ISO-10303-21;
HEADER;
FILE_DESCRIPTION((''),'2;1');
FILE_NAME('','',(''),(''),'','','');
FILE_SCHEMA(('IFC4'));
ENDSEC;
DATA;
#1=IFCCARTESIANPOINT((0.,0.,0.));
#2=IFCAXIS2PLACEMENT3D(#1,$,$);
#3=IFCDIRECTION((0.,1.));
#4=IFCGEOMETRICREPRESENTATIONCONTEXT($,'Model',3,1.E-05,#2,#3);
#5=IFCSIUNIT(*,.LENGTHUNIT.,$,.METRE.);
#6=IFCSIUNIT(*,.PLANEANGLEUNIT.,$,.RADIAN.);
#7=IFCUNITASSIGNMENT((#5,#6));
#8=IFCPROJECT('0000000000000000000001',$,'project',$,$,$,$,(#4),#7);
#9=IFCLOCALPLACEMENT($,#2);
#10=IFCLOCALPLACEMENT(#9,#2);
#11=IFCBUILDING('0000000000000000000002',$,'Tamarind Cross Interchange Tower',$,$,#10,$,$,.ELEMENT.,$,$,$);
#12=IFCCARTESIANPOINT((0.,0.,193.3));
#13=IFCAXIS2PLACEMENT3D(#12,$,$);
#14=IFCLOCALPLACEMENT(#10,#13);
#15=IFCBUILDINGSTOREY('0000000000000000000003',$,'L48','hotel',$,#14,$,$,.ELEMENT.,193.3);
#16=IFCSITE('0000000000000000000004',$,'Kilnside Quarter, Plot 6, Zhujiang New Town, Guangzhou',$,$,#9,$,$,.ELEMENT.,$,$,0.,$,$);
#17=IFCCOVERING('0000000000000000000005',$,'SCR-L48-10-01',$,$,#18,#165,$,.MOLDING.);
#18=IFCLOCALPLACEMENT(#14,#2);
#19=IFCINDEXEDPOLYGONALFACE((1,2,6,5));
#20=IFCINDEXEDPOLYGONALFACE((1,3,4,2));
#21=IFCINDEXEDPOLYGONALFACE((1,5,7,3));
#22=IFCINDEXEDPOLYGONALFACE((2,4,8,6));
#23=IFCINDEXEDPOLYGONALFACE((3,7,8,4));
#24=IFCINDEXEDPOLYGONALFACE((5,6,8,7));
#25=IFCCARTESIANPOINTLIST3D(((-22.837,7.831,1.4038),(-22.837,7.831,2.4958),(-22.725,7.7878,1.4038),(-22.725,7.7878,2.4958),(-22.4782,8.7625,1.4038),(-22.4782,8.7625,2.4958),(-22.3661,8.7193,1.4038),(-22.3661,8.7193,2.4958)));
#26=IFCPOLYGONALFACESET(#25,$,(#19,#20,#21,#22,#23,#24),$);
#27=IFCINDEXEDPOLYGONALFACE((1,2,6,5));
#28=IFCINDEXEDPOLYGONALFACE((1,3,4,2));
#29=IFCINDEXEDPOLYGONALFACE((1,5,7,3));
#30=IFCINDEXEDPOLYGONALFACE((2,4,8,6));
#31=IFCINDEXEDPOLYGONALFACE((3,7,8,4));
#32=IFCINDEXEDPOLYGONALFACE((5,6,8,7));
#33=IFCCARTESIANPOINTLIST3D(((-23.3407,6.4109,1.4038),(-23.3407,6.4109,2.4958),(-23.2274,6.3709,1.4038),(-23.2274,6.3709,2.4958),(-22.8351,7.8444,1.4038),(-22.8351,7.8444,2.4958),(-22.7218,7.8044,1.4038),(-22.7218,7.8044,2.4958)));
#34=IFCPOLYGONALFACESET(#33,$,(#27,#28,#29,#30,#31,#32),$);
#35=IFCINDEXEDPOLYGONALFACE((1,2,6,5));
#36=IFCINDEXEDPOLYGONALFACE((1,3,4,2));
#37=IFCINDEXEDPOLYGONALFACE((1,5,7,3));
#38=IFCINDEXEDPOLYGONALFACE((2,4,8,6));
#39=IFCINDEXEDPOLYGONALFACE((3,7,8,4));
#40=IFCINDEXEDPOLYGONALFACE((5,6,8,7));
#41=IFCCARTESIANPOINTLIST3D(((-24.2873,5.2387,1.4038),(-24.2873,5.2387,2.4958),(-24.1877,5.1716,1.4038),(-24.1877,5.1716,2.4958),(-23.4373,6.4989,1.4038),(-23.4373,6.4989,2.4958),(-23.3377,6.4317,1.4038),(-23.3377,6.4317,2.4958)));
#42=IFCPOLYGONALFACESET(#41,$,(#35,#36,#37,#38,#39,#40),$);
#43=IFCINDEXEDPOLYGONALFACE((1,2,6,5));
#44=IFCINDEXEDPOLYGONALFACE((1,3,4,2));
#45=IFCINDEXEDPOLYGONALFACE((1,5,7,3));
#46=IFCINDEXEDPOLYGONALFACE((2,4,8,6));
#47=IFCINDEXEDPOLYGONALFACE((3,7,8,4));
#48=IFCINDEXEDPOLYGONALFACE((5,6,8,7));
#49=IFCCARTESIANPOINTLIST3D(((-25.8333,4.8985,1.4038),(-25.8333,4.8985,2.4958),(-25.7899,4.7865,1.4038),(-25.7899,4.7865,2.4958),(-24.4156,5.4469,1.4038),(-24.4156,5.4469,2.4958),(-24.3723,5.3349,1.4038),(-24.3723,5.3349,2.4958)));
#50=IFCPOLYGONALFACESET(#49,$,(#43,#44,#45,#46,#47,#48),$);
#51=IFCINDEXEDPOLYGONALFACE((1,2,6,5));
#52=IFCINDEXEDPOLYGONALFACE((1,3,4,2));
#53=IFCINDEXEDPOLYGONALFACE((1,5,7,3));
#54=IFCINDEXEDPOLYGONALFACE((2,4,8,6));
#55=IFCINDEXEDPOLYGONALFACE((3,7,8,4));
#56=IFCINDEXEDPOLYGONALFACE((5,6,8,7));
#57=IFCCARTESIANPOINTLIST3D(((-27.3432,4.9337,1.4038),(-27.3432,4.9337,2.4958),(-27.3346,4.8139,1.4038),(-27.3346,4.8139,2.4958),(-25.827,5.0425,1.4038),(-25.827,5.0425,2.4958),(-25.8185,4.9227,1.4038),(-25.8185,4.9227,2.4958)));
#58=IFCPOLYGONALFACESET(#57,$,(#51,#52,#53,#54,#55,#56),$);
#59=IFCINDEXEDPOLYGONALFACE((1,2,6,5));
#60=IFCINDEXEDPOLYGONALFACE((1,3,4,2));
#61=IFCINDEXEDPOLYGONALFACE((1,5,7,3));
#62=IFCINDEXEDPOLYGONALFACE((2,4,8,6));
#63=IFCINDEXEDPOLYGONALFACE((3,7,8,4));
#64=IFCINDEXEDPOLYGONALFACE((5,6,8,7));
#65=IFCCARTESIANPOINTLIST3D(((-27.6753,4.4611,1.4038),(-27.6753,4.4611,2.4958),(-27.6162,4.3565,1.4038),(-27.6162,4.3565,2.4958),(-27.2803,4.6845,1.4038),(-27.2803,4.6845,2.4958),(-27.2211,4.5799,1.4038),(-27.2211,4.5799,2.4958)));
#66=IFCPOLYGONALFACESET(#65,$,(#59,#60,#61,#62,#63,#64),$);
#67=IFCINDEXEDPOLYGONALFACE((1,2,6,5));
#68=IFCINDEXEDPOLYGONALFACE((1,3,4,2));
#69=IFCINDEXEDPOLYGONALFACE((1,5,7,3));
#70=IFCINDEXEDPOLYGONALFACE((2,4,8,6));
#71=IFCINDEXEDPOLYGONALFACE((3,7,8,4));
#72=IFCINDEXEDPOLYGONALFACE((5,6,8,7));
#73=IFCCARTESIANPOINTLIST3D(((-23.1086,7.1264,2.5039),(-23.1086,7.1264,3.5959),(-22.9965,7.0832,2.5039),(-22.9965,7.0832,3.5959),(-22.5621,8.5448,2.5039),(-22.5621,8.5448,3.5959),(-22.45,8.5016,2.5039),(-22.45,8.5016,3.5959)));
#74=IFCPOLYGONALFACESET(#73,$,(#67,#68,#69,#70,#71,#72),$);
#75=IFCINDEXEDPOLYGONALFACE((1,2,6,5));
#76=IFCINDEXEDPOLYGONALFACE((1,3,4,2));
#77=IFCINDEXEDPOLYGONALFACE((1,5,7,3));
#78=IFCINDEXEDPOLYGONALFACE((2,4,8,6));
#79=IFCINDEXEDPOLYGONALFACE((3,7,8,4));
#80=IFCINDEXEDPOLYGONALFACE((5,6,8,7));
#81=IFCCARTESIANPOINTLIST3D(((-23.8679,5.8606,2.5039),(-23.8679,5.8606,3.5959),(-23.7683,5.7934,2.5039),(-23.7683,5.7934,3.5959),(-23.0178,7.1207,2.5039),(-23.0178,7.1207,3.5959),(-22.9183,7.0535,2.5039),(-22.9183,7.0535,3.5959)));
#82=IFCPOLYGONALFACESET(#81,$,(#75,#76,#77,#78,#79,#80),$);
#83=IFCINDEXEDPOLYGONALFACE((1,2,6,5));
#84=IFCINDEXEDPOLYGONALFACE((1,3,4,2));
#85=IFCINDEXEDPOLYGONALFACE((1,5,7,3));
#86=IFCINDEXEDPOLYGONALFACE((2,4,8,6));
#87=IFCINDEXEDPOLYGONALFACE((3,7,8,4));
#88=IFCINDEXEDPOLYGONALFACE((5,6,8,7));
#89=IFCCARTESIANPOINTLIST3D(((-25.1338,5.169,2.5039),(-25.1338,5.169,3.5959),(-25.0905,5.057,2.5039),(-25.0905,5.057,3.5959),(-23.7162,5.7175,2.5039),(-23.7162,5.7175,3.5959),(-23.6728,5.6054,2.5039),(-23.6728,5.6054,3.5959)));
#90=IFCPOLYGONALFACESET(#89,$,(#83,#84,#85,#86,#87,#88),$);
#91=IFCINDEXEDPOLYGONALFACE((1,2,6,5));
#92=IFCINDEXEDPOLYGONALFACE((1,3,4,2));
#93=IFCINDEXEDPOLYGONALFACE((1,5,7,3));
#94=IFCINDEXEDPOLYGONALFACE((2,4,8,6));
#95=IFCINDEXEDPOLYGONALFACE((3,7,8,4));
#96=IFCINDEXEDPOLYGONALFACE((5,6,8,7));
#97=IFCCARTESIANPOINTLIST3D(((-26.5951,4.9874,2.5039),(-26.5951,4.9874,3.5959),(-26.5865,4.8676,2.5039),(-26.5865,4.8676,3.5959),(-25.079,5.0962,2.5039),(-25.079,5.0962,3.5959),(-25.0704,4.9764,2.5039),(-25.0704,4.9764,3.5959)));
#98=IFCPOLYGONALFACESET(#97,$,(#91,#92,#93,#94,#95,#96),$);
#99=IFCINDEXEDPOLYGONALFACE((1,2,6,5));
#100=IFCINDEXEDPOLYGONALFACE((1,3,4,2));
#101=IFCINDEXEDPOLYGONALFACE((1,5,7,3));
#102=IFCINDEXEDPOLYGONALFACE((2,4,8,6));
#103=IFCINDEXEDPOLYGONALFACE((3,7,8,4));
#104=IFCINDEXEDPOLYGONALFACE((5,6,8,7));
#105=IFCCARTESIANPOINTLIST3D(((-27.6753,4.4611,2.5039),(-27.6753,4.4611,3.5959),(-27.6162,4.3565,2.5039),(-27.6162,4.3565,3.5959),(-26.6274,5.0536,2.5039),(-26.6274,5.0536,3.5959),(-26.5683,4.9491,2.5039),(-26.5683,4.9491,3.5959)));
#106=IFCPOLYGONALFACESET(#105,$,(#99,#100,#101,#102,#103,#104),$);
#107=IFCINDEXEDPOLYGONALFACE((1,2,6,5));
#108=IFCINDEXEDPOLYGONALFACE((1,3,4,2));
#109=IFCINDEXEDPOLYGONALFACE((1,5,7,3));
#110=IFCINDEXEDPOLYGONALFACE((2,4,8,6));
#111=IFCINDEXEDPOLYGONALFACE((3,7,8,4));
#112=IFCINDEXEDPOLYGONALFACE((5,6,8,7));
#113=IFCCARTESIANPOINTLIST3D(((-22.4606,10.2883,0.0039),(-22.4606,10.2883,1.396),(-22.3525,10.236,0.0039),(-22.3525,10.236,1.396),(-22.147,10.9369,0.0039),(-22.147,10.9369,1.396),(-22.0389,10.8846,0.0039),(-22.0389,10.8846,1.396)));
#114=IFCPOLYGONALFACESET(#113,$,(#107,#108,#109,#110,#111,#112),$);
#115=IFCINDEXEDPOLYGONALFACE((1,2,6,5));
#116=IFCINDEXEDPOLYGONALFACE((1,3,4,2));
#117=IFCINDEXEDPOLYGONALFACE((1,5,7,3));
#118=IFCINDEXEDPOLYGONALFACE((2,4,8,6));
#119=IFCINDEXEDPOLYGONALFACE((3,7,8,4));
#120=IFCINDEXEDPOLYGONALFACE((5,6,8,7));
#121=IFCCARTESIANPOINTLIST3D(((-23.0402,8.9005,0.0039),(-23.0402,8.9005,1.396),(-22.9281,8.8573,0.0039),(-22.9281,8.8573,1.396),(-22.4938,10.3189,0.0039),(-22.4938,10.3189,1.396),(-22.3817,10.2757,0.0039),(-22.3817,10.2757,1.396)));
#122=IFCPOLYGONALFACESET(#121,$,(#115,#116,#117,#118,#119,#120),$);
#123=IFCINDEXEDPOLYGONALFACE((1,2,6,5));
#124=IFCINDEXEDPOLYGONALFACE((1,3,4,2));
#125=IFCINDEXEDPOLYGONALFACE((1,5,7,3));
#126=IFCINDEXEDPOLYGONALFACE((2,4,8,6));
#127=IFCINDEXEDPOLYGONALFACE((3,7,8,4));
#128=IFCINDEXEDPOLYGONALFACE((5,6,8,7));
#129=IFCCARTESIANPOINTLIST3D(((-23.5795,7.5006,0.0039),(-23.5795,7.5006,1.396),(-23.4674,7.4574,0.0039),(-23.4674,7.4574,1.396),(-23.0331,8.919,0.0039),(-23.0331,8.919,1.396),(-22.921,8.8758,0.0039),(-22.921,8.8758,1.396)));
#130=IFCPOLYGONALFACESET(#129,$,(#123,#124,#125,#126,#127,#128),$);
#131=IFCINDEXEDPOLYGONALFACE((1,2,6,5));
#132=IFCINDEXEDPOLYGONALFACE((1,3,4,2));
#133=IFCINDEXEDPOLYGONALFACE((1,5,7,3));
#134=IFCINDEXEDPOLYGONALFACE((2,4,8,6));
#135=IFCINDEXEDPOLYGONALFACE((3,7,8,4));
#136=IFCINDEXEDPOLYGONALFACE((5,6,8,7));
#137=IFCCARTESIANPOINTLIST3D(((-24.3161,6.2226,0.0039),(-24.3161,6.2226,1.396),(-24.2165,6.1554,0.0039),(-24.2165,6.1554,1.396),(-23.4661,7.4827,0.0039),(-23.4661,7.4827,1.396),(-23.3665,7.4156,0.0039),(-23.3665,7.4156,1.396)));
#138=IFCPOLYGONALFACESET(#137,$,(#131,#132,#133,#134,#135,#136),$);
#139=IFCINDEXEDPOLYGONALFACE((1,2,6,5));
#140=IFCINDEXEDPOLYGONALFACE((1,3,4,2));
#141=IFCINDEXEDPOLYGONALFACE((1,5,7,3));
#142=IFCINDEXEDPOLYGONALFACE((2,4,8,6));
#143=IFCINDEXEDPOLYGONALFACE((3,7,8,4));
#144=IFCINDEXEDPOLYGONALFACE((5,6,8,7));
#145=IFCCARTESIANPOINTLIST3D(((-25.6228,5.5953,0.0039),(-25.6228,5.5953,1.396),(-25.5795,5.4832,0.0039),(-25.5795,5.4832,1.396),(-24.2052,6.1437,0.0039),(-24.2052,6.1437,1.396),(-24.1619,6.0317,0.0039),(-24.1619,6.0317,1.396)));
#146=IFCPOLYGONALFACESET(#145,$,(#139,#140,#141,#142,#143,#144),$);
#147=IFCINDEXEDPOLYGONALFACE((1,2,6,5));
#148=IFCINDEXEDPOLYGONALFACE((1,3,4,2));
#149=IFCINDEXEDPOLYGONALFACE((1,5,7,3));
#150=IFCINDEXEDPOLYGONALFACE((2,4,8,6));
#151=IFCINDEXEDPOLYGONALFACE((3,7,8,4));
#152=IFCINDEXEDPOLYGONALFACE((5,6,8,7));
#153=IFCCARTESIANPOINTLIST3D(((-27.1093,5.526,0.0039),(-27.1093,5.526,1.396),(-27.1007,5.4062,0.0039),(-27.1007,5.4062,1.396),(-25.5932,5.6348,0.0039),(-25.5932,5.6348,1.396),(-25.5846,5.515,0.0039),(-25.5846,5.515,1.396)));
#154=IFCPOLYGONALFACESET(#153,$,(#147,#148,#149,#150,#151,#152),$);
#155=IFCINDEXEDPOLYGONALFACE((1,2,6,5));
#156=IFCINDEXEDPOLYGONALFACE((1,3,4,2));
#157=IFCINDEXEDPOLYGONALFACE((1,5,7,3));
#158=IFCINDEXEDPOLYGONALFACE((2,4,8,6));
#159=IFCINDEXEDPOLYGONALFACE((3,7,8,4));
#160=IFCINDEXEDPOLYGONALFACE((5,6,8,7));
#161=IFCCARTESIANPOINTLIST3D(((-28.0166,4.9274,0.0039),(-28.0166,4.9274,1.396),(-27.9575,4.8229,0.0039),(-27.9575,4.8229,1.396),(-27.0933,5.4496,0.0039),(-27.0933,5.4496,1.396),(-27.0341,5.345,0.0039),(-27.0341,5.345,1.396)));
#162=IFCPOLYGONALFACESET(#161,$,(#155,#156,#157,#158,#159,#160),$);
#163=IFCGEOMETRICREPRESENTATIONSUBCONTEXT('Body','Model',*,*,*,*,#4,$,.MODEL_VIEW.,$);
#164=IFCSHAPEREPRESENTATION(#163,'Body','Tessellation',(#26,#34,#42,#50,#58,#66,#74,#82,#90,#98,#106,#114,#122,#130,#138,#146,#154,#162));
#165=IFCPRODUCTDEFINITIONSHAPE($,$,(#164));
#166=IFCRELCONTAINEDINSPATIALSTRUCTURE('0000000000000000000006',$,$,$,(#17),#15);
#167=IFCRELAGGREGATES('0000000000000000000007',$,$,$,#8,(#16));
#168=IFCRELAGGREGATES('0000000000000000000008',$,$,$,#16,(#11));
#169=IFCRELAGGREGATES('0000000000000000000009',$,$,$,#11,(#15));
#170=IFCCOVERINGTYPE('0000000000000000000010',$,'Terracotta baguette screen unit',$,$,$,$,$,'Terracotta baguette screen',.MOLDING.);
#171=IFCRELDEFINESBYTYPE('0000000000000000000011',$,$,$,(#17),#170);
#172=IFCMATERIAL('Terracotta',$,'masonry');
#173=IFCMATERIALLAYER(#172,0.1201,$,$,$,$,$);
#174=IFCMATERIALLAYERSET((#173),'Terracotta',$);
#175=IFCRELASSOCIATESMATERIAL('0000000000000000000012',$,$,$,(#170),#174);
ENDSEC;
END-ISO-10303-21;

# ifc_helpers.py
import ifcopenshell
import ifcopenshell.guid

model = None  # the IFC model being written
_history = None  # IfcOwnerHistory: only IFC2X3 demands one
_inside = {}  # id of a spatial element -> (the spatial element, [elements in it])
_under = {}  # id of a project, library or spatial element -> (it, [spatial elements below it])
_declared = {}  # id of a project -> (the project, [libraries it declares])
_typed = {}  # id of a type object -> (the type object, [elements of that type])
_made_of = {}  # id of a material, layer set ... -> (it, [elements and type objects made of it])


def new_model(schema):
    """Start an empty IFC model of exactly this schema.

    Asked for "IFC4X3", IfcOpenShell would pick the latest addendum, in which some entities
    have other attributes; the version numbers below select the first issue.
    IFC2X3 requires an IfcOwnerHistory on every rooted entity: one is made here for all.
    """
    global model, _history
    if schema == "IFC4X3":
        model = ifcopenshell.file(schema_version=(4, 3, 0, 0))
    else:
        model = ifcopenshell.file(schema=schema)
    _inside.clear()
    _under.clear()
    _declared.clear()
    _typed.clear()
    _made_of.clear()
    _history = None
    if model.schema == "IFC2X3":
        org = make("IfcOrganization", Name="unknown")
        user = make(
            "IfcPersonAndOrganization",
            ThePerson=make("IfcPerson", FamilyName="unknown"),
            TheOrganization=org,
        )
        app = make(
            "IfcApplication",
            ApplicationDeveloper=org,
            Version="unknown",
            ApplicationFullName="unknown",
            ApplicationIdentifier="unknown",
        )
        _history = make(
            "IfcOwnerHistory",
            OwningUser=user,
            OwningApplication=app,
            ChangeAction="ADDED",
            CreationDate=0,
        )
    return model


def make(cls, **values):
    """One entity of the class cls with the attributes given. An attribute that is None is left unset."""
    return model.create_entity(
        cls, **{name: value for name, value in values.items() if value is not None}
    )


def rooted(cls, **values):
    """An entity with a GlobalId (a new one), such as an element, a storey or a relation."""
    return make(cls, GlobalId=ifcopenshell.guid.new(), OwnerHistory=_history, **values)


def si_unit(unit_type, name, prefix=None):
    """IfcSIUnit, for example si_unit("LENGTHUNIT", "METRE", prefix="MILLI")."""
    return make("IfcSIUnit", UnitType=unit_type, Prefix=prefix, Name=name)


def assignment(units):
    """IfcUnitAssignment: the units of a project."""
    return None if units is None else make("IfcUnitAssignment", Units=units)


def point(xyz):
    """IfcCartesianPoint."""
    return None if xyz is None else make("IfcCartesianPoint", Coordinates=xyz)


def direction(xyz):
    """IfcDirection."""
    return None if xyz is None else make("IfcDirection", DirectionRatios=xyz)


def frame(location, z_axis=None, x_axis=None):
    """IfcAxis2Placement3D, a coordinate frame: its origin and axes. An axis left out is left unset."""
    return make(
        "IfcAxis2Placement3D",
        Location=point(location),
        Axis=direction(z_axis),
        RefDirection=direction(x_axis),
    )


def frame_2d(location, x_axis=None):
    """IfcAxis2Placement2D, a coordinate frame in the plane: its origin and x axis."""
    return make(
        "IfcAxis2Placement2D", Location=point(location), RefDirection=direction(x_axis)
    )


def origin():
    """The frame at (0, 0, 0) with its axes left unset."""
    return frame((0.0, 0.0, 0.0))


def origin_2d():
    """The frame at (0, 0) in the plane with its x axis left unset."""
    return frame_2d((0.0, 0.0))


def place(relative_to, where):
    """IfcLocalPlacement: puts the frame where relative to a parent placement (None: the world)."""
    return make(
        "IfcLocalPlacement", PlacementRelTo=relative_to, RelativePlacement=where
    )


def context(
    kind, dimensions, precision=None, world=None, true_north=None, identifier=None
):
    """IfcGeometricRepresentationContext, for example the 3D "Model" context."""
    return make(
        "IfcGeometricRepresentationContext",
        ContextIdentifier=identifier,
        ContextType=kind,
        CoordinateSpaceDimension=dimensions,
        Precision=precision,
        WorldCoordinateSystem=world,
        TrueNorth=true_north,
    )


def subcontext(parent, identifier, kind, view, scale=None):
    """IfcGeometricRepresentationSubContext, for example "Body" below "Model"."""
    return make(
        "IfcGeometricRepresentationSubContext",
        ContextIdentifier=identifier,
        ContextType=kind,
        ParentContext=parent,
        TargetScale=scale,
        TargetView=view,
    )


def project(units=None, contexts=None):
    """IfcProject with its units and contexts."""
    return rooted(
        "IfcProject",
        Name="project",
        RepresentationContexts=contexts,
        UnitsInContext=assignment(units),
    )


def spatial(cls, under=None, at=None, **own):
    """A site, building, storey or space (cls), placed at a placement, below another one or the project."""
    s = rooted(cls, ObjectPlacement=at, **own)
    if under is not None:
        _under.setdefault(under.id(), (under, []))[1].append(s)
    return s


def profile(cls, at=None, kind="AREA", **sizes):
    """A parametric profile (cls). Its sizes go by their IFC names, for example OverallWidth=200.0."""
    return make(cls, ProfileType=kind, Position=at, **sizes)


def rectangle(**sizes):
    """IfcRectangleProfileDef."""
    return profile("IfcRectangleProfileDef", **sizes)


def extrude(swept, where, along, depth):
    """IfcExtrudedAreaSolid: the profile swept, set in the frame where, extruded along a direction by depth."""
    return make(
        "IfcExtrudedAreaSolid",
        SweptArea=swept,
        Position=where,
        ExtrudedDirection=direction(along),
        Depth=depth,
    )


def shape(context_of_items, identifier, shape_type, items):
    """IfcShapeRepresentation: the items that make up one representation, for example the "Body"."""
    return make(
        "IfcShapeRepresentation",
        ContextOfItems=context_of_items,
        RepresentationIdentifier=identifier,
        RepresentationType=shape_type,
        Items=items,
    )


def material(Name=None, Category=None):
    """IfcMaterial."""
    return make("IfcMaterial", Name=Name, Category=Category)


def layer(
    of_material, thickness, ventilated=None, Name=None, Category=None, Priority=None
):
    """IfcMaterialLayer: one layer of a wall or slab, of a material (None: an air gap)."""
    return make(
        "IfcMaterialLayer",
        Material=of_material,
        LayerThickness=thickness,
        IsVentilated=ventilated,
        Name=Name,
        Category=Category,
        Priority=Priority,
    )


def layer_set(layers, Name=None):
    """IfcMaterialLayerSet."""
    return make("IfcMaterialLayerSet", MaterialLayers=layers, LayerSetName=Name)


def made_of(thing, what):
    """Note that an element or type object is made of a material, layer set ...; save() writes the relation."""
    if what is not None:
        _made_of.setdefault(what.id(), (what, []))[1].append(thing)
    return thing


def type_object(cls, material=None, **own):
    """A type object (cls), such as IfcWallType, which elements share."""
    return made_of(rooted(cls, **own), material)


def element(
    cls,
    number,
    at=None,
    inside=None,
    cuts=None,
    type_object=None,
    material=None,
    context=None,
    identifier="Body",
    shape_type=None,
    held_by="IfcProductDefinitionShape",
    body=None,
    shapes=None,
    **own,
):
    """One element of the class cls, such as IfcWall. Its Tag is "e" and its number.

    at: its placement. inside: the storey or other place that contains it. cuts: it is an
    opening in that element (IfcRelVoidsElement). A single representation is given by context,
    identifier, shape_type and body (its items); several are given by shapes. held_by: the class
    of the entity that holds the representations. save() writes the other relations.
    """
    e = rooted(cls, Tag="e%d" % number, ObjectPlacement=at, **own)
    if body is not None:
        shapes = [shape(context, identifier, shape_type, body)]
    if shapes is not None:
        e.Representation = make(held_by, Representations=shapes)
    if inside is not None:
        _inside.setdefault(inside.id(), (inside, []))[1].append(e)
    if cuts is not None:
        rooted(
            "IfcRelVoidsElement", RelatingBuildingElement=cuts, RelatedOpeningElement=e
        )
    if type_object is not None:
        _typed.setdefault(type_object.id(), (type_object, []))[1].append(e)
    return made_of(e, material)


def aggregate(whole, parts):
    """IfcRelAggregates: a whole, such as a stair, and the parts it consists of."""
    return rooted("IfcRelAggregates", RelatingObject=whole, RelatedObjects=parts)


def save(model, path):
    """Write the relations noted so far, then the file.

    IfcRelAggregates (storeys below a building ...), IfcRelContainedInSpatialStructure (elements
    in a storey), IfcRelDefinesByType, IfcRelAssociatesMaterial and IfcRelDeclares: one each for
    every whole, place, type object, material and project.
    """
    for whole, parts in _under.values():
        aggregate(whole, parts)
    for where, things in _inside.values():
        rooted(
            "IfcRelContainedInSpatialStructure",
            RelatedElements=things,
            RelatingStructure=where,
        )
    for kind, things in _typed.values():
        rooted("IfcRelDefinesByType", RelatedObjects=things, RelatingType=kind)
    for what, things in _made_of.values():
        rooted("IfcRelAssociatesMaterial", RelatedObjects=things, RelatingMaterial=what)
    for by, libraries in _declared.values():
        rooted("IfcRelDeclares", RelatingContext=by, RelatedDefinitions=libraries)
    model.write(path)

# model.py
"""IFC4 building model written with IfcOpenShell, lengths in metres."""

from ifc_helpers import new_model, si_unit, direction, frame, origin, origin_2d, place, context, subcontext, project, spatial, rectangle, extrude, material, layer, layer_set, type_object, element, save


model = new_model("IFC4")

# Units and contexts
model_context = context("Model", 3, precision=1e-05, world=origin(), true_north=direction((0.0, 1.0)))
body_context = subcontext(model_context, "Body", "Model", "MODEL_VIEW")
ifc_project = project(units=[si_unit("LENGTHUNIT", "METRE"), si_unit("PLANEANGLEUNIT", "RADIAN")], contexts=[model_context])

# Site, building, storey
site_placement = place(None, origin())
site = spatial("IfcSite", under=ifc_project, at=site_placement, Name="Kilnside Quarter, Plot 6, Zhujiang New Town, Guangzhou", CompositionType="ELEMENT", RefElevation=0.0)
building_placement = place(site_placement, origin())
building = spatial("IfcBuilding", under=site, at=building_placement, Name="Tamarind Cross Interchange Tower", CompositionType="ELEMENT")
storey_placement = place(building_placement, frame((0.0, 0.0, 193.3)))
storey = spatial("IfcBuildingStorey", under=building, at=storey_placement, Name="L48", Description="hotel", CompositionType="ELEMENT", Elevation=193.3)

# Covering
ifc_material_1 = material(Name="Terracotta", Category="masonry")
ifc_layer_1 = layer(ifc_material_1, 0.1201)
ifc_layer_set_1 = layer_set([ifc_layer_1], Name="Terracotta")
covering_type = type_object("IfcCoveringType", Name="Terracotta baguette screen unit", ElementType="Terracotta baguette screen", PredefinedType="MOLDING", material=ifc_layer_set_1)
covering_1_placement = place(storey_placement, origin())
element("IfcCovering", 1, at=covering_1_placement, inside=storey, type_object=covering_type, Name="SCR-L48-10-01", PredefinedType="MOLDING", context=body_context, shape_type="SweptSolid", body=[
    extrude(rectangle(XDim=0.9983, YDim=0.1201, at=origin_2d()), frame((-22.6016, 8.2751, 1.4038), z_axis=(0.0, 0.0, 1.0), x_axis=(-0.359495, -0.933147, 0.0)), (0.0, 0.0, 1.0), 1.092),
    extrude(rectangle(XDim=1.52, YDim=0.1201, at=origin_2d()), frame((-23.0312, 7.1077, 1.4038), z_axis=(0.0, 0.0, 1.0), x_axis=(-0.332589, -0.943072, 0.0)), (0.0, 0.0, 1.0), 1.092),
    extrude(rectangle(XDim=1.52, YDim=0.1201, at=origin_2d()), frame((-23.8125, 5.8352, 1.4038), z_axis=(0.0, 0.0, 1.0), x_axis=(-0.559225, -0.829016, 0.0)), (0.0, 0.0, 1.0), 1.092),
    extrude(rectangle(XDim=1.52, YDim=0.1201, at=origin_2d()), frame((-25.1028, 5.1167, 1.4038), z_axis=(0.0, 0.0, 1.0), x_axis=(-0.932631, -0.360832, 0.0)), (0.0, 0.0, 1.0), 1.092),
    extrude(rectangle(XDim=1.52, YDim=0.1201, at=origin_2d()), frame((-26.5808, 4.9282, 1.4038), z_axis=(0.0, 0.0, 1.0), x_axis=(-0.997435, -0.071577, 0.0)), (0.0, 0.0, 1.0), 1.092),
    extrude(rectangle(XDim=0.4539, YDim=0.1201, at=origin_2d()), frame((-27.4482, 4.5205, 1.4038), z_axis=(0.0, 0.0, 1.0), x_axis=(-0.870464, -0.492232, 0.0)), (0.0, 0.0, 1.0), 1.092),
    extrude(rectangle(XDim=1.52, YDim=0.1201, at=origin_2d()), frame((-22.7793, 7.814, 2.5039), z_axis=(0.0, 0.0, 1.0), x_axis=(-0.359495, -0.933147, 0.0)), (0.0, 0.0, 1.0), 1.092),
    extrude(rectangle(XDim=1.52, YDim=0.1201, at=origin_2d()), frame((-23.3931, 6.457, 2.5039), z_axis=(0.0, 0.0, 1.0), x_axis=(-0.559225, -0.829016, 0.0)), (0.0, 0.0, 1.0), 1.092),
    extrude(rectangle(XDim=1.52, YDim=0.1201, at=origin_2d()), frame((-24.4033, 5.3872, 2.5039), z_axis=(0.0, 0.0, 1.0), x_axis=(-0.932631, -0.360832, 0.0)), (0.0, 0.0, 1.0), 1.092),
    extrude(rectangle(XDim=1.52, YDim=0.1201, at=origin_2d()), frame((-25.8328, 4.9819, 2.5039), z_axis=(0.0, 0.0, 1.0), x_axis=(-0.997435, -0.071577, 0.0)), (0.0, 0.0, 1.0), 1.092),
    extrude(rectangle(XDim=1.2039, YDim=0.1201, at=origin_2d()), frame((-27.1218, 4.7051, 2.5039), z_axis=(0.0, 0.0, 1.0), x_axis=(-0.870464, -0.492232, 0.0)), (0.0, 0.0, 1.0), 1.092),
    extrude(rectangle(XDim=0.7205, YDim=0.1201, at=origin_2d()), frame((-22.2498, 10.5864, 0.0039), z_axis=(0.0, 0.0, 1.0), x_axis=(-0.435326, -0.900273, 0.0)), (0.0, 0.0, 1.0), 1.3921),
    extrude(rectangle(XDim=1.52, YDim=0.1201, at=origin_2d()), frame((-22.7109, 9.5881, 0.0039), z_axis=(0.0, 0.0, 1.0), x_axis=(-0.359495, -0.933147, 0.0)), (0.0, 0.0, 1.0), 1.3921),
    extrude(rectangle(XDim=1.52, YDim=0.1201, at=origin_2d()), frame((-23.2502, 8.1882, 0.0039), z_axis=(0.0, 0.0, 1.0), x_axis=(-0.359495, -0.933147, 0.0)), (0.0, 0.0, 1.0), 1.3921),
    extrude(rectangle(XDim=1.52, YDim=0.1201, at=origin_2d()), frame((-23.8413, 6.8191, 0.0039), z_axis=(0.0, 0.0, 1.0), x_axis=(-0.559225, -0.829016, 0.0)), (0.0, 0.0, 1.0), 1.3921),
    extrude(rectangle(XDim=1.52, YDim=0.1201, at=origin_2d()), frame((-24.8923, 5.8135, 0.0039), z_axis=(0.0, 0.0, 1.0), x_axis=(-0.932631, -0.360832, 0.0)), (0.0, 0.0, 1.0), 1.3921),
    extrude(rectangle(XDim=1.52, YDim=0.1201, at=origin_2d()), frame((-26.3469, 5.5205, 0.0039), z_axis=(0.0, 0.0, 1.0), x_axis=(-0.997435, -0.071577, 0.0)), (0.0, 0.0, 1.0), 1.3921),
    extrude(rectangle(XDim=1.0608, YDim=0.1201, at=origin_2d()), frame((-27.5254, 5.1362, 0.0039), z_axis=(0.0, 0.0, 1.0), x_axis=(-0.870464, -0.492232, 0.0)), (0.0, 0.0, 1.0), 1.3921),
])

save(model, "model.ifc")
